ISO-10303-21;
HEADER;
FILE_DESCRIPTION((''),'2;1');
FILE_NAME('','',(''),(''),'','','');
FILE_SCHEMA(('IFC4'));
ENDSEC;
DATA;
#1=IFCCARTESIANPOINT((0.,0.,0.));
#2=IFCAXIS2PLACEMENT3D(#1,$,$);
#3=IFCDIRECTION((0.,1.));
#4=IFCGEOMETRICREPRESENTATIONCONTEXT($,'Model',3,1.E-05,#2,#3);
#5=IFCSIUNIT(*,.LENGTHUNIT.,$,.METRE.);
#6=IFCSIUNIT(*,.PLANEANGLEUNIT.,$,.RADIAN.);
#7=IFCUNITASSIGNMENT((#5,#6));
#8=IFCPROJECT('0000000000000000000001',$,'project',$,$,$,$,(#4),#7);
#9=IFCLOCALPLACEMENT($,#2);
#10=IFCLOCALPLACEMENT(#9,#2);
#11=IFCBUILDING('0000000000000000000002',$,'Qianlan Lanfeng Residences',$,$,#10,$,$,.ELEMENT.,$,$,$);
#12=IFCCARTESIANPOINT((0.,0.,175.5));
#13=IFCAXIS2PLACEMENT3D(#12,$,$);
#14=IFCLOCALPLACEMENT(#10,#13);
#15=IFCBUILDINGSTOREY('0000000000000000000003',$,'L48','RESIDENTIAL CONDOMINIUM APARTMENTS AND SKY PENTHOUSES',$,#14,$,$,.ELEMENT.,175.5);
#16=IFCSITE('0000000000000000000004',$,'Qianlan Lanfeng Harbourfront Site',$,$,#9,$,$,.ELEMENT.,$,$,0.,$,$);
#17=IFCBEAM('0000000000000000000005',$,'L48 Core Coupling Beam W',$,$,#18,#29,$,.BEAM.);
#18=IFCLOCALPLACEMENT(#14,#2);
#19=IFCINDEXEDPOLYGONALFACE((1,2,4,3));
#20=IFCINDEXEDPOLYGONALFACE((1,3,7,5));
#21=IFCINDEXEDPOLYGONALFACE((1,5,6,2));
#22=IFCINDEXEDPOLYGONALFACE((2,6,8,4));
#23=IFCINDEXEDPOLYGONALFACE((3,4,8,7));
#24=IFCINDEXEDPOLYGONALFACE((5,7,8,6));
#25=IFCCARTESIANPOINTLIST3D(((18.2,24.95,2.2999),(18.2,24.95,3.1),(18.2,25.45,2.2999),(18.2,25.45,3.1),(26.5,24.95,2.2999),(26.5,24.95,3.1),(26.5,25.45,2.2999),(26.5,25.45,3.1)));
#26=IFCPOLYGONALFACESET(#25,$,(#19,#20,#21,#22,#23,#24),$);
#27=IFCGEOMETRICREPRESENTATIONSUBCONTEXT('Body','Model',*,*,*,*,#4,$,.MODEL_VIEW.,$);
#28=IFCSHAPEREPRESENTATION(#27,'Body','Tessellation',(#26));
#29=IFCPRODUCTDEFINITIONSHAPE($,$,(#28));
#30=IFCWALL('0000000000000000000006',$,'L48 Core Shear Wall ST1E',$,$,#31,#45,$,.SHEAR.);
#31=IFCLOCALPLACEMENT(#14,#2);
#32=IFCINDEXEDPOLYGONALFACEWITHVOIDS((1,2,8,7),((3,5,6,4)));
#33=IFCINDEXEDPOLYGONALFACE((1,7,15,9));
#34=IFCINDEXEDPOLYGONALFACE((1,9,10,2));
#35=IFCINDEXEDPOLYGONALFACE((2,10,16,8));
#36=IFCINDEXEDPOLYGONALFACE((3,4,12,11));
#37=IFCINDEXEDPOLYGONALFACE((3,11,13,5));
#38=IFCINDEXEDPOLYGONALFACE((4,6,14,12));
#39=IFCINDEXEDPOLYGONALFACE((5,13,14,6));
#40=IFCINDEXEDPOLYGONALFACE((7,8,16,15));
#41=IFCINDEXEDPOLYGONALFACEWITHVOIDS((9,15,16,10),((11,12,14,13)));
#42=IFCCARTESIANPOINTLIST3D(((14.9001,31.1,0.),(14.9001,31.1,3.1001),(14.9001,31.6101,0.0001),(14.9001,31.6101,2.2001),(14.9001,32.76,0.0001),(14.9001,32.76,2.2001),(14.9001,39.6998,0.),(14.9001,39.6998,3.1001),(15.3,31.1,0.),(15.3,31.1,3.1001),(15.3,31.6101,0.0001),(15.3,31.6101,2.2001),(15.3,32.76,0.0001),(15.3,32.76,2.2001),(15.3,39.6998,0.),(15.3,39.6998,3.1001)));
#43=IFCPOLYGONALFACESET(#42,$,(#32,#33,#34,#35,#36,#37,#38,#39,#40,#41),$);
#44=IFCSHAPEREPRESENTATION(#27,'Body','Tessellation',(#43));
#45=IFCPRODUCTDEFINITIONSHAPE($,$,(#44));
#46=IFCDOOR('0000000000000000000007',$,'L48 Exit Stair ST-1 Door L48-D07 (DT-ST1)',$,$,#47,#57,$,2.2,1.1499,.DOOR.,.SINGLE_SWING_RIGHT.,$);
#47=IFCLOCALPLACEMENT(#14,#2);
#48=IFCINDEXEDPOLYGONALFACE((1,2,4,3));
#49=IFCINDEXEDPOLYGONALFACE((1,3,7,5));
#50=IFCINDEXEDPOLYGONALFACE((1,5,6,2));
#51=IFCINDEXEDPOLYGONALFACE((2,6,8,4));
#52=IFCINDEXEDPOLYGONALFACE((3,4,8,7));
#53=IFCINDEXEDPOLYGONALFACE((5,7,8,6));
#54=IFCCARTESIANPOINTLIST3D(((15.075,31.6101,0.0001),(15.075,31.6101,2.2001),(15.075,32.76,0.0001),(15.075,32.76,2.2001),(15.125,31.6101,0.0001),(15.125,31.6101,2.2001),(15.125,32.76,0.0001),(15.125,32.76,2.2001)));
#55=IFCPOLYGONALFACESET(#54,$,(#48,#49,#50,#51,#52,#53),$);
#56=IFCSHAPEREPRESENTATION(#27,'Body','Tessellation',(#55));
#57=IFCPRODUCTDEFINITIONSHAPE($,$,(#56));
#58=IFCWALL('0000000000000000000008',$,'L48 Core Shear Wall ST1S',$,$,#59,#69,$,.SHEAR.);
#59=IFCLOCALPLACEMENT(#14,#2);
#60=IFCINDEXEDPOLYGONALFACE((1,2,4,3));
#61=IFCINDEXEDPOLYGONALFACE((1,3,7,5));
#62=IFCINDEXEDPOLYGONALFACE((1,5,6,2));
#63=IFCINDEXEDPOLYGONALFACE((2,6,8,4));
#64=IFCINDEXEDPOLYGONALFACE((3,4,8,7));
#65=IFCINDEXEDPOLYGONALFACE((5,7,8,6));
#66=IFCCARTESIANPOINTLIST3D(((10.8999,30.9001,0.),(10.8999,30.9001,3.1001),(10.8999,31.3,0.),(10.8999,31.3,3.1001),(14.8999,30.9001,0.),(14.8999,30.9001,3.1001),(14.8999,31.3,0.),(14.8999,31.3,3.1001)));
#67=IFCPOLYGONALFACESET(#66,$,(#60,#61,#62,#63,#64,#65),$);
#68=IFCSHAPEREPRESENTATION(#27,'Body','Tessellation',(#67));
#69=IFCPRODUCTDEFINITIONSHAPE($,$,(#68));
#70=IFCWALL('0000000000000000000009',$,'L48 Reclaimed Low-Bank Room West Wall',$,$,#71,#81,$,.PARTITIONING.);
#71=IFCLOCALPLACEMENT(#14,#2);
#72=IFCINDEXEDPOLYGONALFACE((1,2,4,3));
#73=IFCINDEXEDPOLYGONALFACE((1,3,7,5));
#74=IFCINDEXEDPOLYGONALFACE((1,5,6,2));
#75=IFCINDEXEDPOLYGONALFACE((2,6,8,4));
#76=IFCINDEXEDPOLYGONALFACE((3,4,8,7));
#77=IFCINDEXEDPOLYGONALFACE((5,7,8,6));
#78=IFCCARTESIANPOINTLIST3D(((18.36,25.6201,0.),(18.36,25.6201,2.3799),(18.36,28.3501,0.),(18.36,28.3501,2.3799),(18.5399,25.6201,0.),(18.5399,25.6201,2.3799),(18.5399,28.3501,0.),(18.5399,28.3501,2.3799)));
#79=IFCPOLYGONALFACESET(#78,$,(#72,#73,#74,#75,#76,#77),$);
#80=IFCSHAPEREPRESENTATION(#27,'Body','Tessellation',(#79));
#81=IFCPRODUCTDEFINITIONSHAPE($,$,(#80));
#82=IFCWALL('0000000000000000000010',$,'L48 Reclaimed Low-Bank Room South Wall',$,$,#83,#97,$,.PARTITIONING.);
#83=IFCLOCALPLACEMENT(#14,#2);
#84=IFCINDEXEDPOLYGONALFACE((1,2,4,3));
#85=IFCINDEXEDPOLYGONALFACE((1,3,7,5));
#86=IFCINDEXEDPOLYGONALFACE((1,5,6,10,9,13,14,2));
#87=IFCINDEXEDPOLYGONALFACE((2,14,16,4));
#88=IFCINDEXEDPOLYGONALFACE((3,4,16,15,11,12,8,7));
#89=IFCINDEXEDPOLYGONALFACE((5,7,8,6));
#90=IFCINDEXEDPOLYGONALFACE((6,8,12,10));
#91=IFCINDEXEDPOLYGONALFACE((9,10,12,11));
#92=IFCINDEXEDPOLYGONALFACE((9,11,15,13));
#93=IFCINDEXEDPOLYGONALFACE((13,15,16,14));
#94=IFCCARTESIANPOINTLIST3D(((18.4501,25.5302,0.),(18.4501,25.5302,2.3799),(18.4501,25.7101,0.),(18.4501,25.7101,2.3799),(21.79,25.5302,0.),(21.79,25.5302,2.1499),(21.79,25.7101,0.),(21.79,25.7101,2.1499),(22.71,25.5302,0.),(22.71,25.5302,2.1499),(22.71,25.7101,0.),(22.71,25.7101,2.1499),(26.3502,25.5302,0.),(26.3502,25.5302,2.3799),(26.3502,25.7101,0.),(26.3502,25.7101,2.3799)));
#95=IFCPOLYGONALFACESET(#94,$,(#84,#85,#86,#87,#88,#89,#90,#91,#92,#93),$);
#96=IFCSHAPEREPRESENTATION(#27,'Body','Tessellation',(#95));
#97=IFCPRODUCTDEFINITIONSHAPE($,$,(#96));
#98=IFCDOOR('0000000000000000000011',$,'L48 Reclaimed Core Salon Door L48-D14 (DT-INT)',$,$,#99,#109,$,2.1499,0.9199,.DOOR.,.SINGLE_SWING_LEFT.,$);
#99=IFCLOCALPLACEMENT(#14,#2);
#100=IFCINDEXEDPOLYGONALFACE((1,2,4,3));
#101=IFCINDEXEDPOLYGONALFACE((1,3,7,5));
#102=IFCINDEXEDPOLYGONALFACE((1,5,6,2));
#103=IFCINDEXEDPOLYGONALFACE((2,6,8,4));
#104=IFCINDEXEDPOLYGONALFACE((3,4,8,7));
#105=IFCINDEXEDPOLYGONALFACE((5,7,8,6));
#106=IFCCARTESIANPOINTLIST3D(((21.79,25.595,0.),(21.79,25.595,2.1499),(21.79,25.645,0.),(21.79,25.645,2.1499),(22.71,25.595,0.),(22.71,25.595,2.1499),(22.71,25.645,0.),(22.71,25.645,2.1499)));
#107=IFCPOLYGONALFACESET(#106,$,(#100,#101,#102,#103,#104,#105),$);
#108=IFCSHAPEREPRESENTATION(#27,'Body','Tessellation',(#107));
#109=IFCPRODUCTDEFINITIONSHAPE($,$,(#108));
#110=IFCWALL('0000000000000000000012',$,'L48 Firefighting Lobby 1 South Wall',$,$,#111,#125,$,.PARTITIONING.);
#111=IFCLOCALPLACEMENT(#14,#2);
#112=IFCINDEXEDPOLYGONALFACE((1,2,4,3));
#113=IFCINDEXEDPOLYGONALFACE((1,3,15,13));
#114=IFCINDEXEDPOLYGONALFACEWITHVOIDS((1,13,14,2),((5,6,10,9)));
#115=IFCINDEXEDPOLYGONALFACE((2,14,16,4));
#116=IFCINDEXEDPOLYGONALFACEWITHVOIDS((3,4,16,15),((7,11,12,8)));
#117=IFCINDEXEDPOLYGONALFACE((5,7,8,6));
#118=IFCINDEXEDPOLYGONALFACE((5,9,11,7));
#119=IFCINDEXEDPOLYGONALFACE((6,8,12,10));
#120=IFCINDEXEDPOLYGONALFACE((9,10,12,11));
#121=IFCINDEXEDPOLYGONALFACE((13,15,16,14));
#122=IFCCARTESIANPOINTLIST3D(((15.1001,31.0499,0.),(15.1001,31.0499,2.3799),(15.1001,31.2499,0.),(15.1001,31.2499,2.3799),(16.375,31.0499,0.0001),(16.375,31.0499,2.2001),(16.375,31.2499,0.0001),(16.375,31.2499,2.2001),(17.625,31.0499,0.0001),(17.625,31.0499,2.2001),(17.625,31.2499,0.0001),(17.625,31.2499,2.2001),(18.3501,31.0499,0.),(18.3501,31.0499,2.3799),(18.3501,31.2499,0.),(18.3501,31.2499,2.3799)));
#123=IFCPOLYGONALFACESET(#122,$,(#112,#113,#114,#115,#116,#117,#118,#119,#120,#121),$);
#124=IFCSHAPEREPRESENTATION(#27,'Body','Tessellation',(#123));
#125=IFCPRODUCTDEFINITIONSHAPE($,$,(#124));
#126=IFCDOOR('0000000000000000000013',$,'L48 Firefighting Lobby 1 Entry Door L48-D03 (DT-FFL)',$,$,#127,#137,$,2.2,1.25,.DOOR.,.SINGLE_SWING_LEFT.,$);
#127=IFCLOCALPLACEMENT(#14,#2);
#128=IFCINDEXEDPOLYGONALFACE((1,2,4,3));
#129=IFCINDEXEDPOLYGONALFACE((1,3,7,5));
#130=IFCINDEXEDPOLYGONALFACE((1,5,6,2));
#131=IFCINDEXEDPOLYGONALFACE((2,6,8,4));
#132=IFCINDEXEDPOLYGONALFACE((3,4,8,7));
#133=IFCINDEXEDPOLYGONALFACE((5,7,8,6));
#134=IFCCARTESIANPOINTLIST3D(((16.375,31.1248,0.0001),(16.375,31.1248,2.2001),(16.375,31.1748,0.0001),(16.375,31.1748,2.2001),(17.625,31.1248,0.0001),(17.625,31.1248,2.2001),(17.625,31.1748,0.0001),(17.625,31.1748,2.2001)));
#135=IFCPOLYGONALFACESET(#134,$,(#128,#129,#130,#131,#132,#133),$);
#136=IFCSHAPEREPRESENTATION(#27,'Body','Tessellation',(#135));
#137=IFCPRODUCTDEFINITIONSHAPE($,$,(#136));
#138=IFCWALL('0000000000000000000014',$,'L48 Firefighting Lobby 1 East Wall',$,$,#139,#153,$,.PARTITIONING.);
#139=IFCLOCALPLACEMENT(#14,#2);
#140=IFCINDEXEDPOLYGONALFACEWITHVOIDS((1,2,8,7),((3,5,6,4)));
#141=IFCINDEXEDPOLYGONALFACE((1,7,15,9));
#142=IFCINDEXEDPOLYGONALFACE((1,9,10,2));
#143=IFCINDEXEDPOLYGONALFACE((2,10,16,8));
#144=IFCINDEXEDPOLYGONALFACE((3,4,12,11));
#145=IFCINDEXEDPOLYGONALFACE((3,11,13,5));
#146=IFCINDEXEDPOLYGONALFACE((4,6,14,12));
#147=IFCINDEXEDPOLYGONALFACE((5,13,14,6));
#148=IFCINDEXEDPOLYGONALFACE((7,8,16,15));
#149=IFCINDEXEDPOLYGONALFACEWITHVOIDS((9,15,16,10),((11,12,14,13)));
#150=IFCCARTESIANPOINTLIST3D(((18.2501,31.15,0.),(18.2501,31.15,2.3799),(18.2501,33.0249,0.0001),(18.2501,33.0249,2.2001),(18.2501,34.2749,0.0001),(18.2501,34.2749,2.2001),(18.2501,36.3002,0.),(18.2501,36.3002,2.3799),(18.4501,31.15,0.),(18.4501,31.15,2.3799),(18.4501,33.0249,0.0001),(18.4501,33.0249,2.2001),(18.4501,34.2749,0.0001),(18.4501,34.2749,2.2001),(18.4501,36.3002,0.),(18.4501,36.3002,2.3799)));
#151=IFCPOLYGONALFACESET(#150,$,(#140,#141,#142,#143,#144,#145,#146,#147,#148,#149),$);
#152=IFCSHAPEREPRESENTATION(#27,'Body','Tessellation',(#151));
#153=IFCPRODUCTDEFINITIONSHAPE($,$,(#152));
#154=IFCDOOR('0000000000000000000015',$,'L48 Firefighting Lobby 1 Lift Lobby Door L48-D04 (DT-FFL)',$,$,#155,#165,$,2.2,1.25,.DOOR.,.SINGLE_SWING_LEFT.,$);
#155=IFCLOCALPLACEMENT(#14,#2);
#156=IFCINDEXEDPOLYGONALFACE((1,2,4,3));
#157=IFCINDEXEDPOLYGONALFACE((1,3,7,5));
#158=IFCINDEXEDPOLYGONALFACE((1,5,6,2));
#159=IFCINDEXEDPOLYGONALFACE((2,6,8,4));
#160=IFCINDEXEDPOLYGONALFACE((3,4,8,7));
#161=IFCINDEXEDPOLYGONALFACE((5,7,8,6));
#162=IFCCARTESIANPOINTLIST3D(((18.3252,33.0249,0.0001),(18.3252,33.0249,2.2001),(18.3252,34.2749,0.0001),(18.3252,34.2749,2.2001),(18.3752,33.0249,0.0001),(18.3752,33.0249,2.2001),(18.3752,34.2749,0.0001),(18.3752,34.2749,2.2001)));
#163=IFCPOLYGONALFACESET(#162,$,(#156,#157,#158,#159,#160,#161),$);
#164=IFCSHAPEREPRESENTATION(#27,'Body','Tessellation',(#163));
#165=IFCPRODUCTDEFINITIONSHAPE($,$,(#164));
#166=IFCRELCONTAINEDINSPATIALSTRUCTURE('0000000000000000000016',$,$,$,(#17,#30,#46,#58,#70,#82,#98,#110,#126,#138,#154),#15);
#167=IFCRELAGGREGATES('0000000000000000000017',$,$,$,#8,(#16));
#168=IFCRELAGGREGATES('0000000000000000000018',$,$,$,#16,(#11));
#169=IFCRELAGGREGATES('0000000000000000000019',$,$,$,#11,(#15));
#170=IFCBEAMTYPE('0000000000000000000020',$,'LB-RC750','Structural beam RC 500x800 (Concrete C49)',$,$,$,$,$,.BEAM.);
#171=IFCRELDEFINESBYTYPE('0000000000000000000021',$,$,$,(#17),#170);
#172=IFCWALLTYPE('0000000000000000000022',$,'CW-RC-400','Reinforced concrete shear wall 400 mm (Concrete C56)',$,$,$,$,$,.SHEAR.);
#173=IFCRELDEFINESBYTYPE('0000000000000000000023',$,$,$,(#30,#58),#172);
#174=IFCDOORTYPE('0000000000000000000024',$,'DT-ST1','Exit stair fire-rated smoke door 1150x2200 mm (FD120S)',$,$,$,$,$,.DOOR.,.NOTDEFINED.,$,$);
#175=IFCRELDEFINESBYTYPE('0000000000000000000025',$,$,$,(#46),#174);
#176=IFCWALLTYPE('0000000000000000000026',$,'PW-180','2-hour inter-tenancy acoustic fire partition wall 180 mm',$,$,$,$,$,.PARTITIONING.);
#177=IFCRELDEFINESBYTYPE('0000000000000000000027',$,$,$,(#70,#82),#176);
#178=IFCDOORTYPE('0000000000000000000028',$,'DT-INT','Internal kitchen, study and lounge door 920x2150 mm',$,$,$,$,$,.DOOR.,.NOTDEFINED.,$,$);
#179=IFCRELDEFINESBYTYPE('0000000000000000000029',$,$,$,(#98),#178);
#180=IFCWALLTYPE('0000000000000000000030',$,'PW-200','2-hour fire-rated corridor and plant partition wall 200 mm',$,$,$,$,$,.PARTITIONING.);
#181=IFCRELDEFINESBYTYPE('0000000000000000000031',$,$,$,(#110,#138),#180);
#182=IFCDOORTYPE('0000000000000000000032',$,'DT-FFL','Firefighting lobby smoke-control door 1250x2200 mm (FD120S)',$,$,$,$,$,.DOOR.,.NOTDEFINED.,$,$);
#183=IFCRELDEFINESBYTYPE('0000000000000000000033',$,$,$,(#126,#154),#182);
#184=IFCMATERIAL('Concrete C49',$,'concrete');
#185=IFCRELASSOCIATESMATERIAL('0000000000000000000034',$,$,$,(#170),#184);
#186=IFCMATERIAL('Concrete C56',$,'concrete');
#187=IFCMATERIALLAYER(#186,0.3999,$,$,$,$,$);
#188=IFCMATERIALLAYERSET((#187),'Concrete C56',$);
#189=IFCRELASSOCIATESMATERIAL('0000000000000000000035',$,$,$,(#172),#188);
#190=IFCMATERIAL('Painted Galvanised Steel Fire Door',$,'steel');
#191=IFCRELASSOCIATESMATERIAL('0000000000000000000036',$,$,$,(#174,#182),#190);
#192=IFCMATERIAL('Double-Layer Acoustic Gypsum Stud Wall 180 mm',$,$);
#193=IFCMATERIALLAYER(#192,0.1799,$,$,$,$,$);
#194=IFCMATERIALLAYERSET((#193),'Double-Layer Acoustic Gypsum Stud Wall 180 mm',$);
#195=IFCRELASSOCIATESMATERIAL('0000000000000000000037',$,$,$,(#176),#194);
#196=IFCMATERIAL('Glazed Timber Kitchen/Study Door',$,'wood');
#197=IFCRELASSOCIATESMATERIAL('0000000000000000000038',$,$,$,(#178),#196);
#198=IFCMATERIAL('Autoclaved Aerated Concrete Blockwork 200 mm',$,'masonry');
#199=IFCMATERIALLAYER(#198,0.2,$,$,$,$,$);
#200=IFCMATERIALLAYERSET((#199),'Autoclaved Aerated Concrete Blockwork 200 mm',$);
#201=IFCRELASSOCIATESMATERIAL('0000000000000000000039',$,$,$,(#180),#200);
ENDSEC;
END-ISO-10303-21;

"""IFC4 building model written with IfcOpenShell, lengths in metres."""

from ifc_helpers import new_model, si_unit, direction, frame, frame_2d, origin, origin_2d, place, context, subcontext, project, spatial, rectangle, extrude, material, layer, layer_set, material_profile, profile_set, type_object, element, fill, save


model = new_model("IFC4")

# Units and contexts
model_context = context("Model", 3, precision=1e-05, world=origin(), true_north=direction((0.0, 1.0)))
body_context = subcontext(model_context, "Body", "Model", "MODEL_VIEW")
ifc_project = project(units=[si_unit("LENGTHUNIT", "METRE"), si_unit("PLANEANGLEUNIT", "RADIAN")], contexts=[model_context])

# Site, building, storey
site_placement = place(None, origin())
site = spatial("IfcSite", under=ifc_project, at=site_placement, Name="Qianlan Lanfeng Harbourfront Site", CompositionType="ELEMENT", RefElevation=0.0)
building_placement = place(site_placement, origin())
building = spatial("IfcBuilding", under=site, at=building_placement, Name="Qianlan Lanfeng Residences", CompositionType="ELEMENT")
storey_placement = place(building_placement, frame((0.0, 0.0, 175.5)))
storey = spatial("IfcBuildingStorey", under=building, at=storey_placement, Name="L48", Description="RESIDENTIAL CONDOMINIUM APARTMENTS AND SKY PENTHOUSES", CompositionType="ELEMENT", Elevation=175.5)

# Beam
ifc_material_1 = material(Name="Concrete C49", Category="concrete")
ifc_material_profile = material_profile(ifc_material_1, rectangle(XDim=0.5, YDim=0.8, at=origin_2d()), Name="RC 500x800")
ifc_profile_set = profile_set([ifc_material_profile], Name="Concrete C49")
beam_type = type_object("IfcBeamType", Name="LB-RC750", Description="Structural beam RC 500x800 (Concrete C49)", PredefinedType="BEAM", material=ifc_profile_set)
beam_placement = place(storey_placement, frame((18.2, 25.2, 2.7), z_axis=(1.0, 0.0, 0.0), x_axis=(0.0, 1.0, 0.0)))
element("IfcBeam", 1, at=beam_placement, inside=storey, type_object=beam_type, Name="L48 Core Coupling Beam W", PredefinedType="BEAM", context=body_context, shape_type="SweptSolid", body=[
    extrude(rectangle(XDim=0.5, YDim=0.8, at=origin_2d()), origin(), (0.0, 0.0, 1.0), 8.3),
])

# Wall, opening, door
ifc_material_2 = material(Name="Concrete C56", Category="concrete")
ifc_layer_1 = layer(ifc_material_2, 0.3999)
ifc_layer_set_1 = layer_set([ifc_layer_1], Name="Concrete C56")
wall_type_1 = type_object("IfcWallType", Name="CW-RC-400", Description="Reinforced concrete shear wall 400 mm (Concrete C56)", PredefinedType="SHEAR", material=ifc_layer_set_1)
wall_1_placement = place(storey_placement, frame((15.1001, 31.1001, 0.0), z_axis=(0.0, 0.0, 1.0), x_axis=(0.0, 1.0, 0.0)))
wall_1 = element("IfcWall", 2, at=wall_1_placement, inside=storey, type_object=wall_type_1, Name="L48 Core Shear Wall ST1E", PredefinedType="SHEAR", context=body_context, shape_type="SweptSolid", body=[
    extrude(rectangle(XDim=8.5999, YDim=0.3999, at=frame_2d((4.2998, 0.0))), origin(), (0.0, 0.0, 1.0), 3.1001),
])
opening_1_placement = place(wall_1_placement, frame((0.51, 0.0, 0.0)))
opening_1 = element("IfcOpeningElement", 3, at=opening_1_placement, cuts=wall_1, PredefinedType="OPENING", context=body_context, shape_type="SweptSolid", body=[
    extrude(rectangle(XDim=1.1499, YDim=2.2, at=frame_2d((0.575, 1.1001))), frame((0.0, 0.21, 0.0), z_axis=(0.0, -1.0, 0.0), x_axis=(1.0, 0.0, 0.0)), (0.0, 0.0, 1.0), 0.4199),
])
ifc_material_3 = material(Name="Painted Galvanised Steel Fire Door", Category="steel")
door_type_1 = type_object("IfcDoorType", Name="DT-ST1", Description="Exit stair fire-rated smoke door 1150x2200 mm (FD120S)", OperationType="NOTDEFINED", PredefinedType="DOOR", material=ifc_material_3)
door_1_placement = place(opening_1_placement, frame((1.1499, 0.0, 0.0), z_axis=(0.0, 0.0, 1.0), x_axis=(-1.0, 0.0, 0.0)))
door_1 = element("IfcDoor", 4, at=door_1_placement, inside=storey, type_object=door_type_1, Name="L48 Exit Stair ST-1 Door L48-D07 (DT-ST1)", OperationType="SINGLE_SWING_RIGHT", OverallHeight=2.2, OverallWidth=1.1499, PredefinedType="DOOR", context=body_context, shape_type="SweptSolid", body=[
    extrude(rectangle(XDim=1.1499, YDim=2.2, at=frame_2d((0.575, 1.1001))), frame((0.0, 0.0249, 0.0), z_axis=(0.0, -1.0, 0.0), x_axis=(1.0, 0.0, 0.0)), (0.0, 0.0, 1.0), 0.05),
])
fill(opening_1, door_1)

# Wall
wall_2_placement = place(storey_placement, frame((10.8999, 31.1001, 0.0), z_axis=(0.0, 0.0, 1.0), x_axis=(1.0, 0.0, 0.0)))
element("IfcWall", 5, at=wall_2_placement, inside=storey, type_object=wall_type_1, Name="L48 Core Shear Wall ST1S", PredefinedType="SHEAR", context=body_context, shape_type="SweptSolid", body=[
    extrude(rectangle(XDim=4.0, YDim=0.3999, at=frame_2d((2.0, 0.0))), origin(), (0.0, 0.0, 1.0), 3.1001),
])

# Shared definitions
ifc_material_4 = material(Name="Double-Layer Acoustic Gypsum Stud Wall 180 mm")
ifc_layer_2 = layer(ifc_material_4, 0.1799)
ifc_layer_set_2 = layer_set([ifc_layer_2], Name="Double-Layer Acoustic Gypsum Stud Wall 180 mm")
wall_type_2 = type_object("IfcWallType", Name="PW-180", Description="2-hour inter-tenancy acoustic fire partition wall 180 mm", PredefinedType="PARTITIONING", material=ifc_layer_set_2)
ifc_material_5 = material(Name="Glazed Timber Kitchen/Study Door", Category="wood")
door_type_2 = type_object("IfcDoorType", Name="DT-INT", Description="Internal kitchen, study and lounge door 920x2150 mm", OperationType="NOTDEFINED", PredefinedType="DOOR", material=ifc_material_5)

# Wall
wall_3_placement = place(storey_placement, frame((18.45, 25.6201, 0.0), z_axis=(0.0, 0.0, 1.0), x_axis=(0.0, 1.0, 0.0)))
element("IfcWall", 6, at=wall_3_placement, inside=storey, type_object=wall_type_2, Name="L48 Reclaimed Low-Bank Room West Wall", PredefinedType="PARTITIONING", context=body_context, shape_type="SweptSolid", body=[
    extrude(rectangle(XDim=2.73, YDim=0.1799, at=frame_2d((1.365, 0.0))), origin(), (0.0, 0.0, 1.0), 2.3799),
])

# Walls, openings, doors
wall_4_placement = place(storey_placement, frame((18.45, 25.6201, 0.0), z_axis=(0.0, 0.0, 1.0), x_axis=(1.0, 0.0, 0.0)))
wall_4 = element("IfcWall", 7, at=wall_4_placement, inside=storey, type_object=wall_type_2, Name="L48 Reclaimed Low-Bank Room South Wall", PredefinedType="PARTITIONING", context=body_context, shape_type="SweptSolid", body=[
    extrude(rectangle(XDim=7.9001, YDim=0.1799, at=frame_2d((3.9502, 0.0))), origin(), (0.0, 0.0, 1.0), 2.3799),
])
opening_2_placement = place(wall_4_placement, frame((3.3401, 0.0, 0.0)))
opening_2 = element("IfcOpeningElement", 8, at=opening_2_placement, cuts=wall_4, PredefinedType="OPENING", context=body_context, shape_type="SweptSolid", body=[
    extrude(rectangle(XDim=0.9199, YDim=2.1499, at=frame_2d((0.46, 1.075))), frame((0.0, 0.1001, 0.0), z_axis=(0.0, -1.0, 0.0), x_axis=(1.0, 0.0, 0.0)), (0.0, 0.0, 1.0), 0.2),
])
door_2_placement = place(opening_2_placement, origin())
door_2 = element("IfcDoor", 9, at=door_2_placement, inside=storey, type_object=door_type_2, Name="L48 Reclaimed Core Salon Door L48-D14 (DT-INT)", OperationType="SINGLE_SWING_LEFT", OverallHeight=2.1499, OverallWidth=0.9199, PredefinedType="DOOR", context=body_context, shape_type="SweptSolid", body=[
    extrude(rectangle(XDim=0.9199, YDim=2.1499, at=frame_2d((0.46, 1.075))), frame((0.0, 0.0249, 0.0), z_axis=(0.0, -1.0, 0.0), x_axis=(1.0, 0.0, 0.0)), (0.0, 0.0, 1.0), 0.05),
])
fill(opening_2, door_2)
ifc_material_6 = material(Name="Autoclaved Aerated Concrete Blockwork 200 mm", Category="masonry")
ifc_layer_3 = layer(ifc_material_6, 0.2)
ifc_layer_set_3 = layer_set([ifc_layer_3], Name="Autoclaved Aerated Concrete Blockwork 200 mm")
wall_type_3 = type_object("IfcWallType", Name="PW-200", Description="2-hour fire-rated corridor and plant partition wall 200 mm", PredefinedType="PARTITIONING", material=ifc_layer_set_3)
wall_5_placement = place(storey_placement, frame((15.1001, 31.1499, 0.0), z_axis=(0.0, 0.0, 1.0), x_axis=(1.0, 0.0, 0.0)))
wall_5 = element("IfcWall", 10, at=wall_5_placement, inside=storey, type_object=wall_type_3, Name="L48 Firefighting Lobby 1 South Wall", PredefinedType="PARTITIONING", context=body_context, shape_type="SweptSolid", body=[
    extrude(rectangle(XDim=3.25, YDim=0.2, at=frame_2d((1.625, 0.0))), origin(), (0.0, 0.0, 1.0), 2.3799),
])
opening_3_placement = place(wall_5_placement, frame((1.2749, 0.0, 0.0)))
opening_3 = element("IfcOpeningElement", 11, at=opening_3_placement, cuts=wall_5, PredefinedType="OPENING", context=body_context, shape_type="SweptSolid", body=[
    extrude(rectangle(XDim=1.25, YDim=2.2, at=frame_2d((0.625, 1.1001))), frame((0.0, 0.1099, 0.0), z_axis=(0.0, -1.0, 0.0), x_axis=(1.0, 0.0, 0.0)), (0.0, 0.0, 1.0), 0.22),
])
door_type_3 = type_object("IfcDoorType", Name="DT-FFL", Description="Firefighting lobby smoke-control door 1250x2200 mm (FD120S)", OperationType="NOTDEFINED", PredefinedType="DOOR", material=ifc_material_3)
door_3_placement = place(opening_3_placement, origin())
door_3 = element("IfcDoor", 12, at=door_3_placement, inside=storey, type_object=door_type_3, Name="L48 Firefighting Lobby 1 Entry Door L48-D03 (DT-FFL)", OperationType="SINGLE_SWING_LEFT", OverallHeight=2.2, OverallWidth=1.25, PredefinedType="DOOR", context=body_context, shape_type="SweptSolid", body=[
    extrude(rectangle(XDim=1.25, YDim=2.2, at=frame_2d((0.625, 1.1001))), frame((0.0, 0.0249, 0.0), z_axis=(0.0, -1.0, 0.0), x_axis=(1.0, 0.0, 0.0)), (0.0, 0.0, 1.0), 0.05),
])
fill(opening_3, door_3)
wall_6_placement = place(storey_placement, frame((18.3501, 31.1499, 0.0), z_axis=(0.0, 0.0, 1.0), x_axis=(0.0, 1.0, 0.0)))
wall_6 = element("IfcWall", 13, at=wall_6_placement, inside=storey, type_object=wall_type_3, Name="L48 Firefighting Lobby 1 East Wall", PredefinedType="PARTITIONING", context=body_context, shape_type="SweptSolid", body=[
    extrude(rectangle(XDim=5.1501, YDim=0.2, at=frame_2d((2.5752, 0.0))), origin(), (0.0, 0.0, 1.0), 2.3799),
])
opening_4_placement = place(wall_6_placement, frame((1.875, 0.0, 0.0)))
opening_4 = element("IfcOpeningElement", 14, at=opening_4_placement, cuts=wall_6, PredefinedType="OPENING", context=body_context, shape_type="SweptSolid", body=[
    extrude(rectangle(XDim=1.25, YDim=2.2, at=frame_2d((0.625, 1.1001))), frame((0.0, 0.1099, 0.0), z_axis=(0.0, -1.0, 0.0), x_axis=(1.0, 0.0, 0.0)), (0.0, 0.0, 1.0), 0.22),
])
door_4_placement = place(opening_4_placement, origin())
door_4 = element("IfcDoor", 15, at=door_4_placement, inside=storey, type_object=door_type_3, Name="L48 Firefighting Lobby 1 Lift Lobby Door L48-D04 (DT-FFL)", OperationType="SINGLE_SWING_LEFT", OverallHeight=2.2, OverallWidth=1.25, PredefinedType="DOOR", context=body_context, shape_type="SweptSolid", body=[
    extrude(rectangle(XDim=1.25, YDim=2.2, at=frame_2d((0.625, 1.1001))), frame((0.0, 0.0249, 0.0), z_axis=(0.0, -1.0, 0.0), x_axis=(1.0, 0.0, 0.0)), (0.0, 0.0, 1.0), 0.05),
])
fill(opening_4, door_4)

save(model, "model.ifc")
